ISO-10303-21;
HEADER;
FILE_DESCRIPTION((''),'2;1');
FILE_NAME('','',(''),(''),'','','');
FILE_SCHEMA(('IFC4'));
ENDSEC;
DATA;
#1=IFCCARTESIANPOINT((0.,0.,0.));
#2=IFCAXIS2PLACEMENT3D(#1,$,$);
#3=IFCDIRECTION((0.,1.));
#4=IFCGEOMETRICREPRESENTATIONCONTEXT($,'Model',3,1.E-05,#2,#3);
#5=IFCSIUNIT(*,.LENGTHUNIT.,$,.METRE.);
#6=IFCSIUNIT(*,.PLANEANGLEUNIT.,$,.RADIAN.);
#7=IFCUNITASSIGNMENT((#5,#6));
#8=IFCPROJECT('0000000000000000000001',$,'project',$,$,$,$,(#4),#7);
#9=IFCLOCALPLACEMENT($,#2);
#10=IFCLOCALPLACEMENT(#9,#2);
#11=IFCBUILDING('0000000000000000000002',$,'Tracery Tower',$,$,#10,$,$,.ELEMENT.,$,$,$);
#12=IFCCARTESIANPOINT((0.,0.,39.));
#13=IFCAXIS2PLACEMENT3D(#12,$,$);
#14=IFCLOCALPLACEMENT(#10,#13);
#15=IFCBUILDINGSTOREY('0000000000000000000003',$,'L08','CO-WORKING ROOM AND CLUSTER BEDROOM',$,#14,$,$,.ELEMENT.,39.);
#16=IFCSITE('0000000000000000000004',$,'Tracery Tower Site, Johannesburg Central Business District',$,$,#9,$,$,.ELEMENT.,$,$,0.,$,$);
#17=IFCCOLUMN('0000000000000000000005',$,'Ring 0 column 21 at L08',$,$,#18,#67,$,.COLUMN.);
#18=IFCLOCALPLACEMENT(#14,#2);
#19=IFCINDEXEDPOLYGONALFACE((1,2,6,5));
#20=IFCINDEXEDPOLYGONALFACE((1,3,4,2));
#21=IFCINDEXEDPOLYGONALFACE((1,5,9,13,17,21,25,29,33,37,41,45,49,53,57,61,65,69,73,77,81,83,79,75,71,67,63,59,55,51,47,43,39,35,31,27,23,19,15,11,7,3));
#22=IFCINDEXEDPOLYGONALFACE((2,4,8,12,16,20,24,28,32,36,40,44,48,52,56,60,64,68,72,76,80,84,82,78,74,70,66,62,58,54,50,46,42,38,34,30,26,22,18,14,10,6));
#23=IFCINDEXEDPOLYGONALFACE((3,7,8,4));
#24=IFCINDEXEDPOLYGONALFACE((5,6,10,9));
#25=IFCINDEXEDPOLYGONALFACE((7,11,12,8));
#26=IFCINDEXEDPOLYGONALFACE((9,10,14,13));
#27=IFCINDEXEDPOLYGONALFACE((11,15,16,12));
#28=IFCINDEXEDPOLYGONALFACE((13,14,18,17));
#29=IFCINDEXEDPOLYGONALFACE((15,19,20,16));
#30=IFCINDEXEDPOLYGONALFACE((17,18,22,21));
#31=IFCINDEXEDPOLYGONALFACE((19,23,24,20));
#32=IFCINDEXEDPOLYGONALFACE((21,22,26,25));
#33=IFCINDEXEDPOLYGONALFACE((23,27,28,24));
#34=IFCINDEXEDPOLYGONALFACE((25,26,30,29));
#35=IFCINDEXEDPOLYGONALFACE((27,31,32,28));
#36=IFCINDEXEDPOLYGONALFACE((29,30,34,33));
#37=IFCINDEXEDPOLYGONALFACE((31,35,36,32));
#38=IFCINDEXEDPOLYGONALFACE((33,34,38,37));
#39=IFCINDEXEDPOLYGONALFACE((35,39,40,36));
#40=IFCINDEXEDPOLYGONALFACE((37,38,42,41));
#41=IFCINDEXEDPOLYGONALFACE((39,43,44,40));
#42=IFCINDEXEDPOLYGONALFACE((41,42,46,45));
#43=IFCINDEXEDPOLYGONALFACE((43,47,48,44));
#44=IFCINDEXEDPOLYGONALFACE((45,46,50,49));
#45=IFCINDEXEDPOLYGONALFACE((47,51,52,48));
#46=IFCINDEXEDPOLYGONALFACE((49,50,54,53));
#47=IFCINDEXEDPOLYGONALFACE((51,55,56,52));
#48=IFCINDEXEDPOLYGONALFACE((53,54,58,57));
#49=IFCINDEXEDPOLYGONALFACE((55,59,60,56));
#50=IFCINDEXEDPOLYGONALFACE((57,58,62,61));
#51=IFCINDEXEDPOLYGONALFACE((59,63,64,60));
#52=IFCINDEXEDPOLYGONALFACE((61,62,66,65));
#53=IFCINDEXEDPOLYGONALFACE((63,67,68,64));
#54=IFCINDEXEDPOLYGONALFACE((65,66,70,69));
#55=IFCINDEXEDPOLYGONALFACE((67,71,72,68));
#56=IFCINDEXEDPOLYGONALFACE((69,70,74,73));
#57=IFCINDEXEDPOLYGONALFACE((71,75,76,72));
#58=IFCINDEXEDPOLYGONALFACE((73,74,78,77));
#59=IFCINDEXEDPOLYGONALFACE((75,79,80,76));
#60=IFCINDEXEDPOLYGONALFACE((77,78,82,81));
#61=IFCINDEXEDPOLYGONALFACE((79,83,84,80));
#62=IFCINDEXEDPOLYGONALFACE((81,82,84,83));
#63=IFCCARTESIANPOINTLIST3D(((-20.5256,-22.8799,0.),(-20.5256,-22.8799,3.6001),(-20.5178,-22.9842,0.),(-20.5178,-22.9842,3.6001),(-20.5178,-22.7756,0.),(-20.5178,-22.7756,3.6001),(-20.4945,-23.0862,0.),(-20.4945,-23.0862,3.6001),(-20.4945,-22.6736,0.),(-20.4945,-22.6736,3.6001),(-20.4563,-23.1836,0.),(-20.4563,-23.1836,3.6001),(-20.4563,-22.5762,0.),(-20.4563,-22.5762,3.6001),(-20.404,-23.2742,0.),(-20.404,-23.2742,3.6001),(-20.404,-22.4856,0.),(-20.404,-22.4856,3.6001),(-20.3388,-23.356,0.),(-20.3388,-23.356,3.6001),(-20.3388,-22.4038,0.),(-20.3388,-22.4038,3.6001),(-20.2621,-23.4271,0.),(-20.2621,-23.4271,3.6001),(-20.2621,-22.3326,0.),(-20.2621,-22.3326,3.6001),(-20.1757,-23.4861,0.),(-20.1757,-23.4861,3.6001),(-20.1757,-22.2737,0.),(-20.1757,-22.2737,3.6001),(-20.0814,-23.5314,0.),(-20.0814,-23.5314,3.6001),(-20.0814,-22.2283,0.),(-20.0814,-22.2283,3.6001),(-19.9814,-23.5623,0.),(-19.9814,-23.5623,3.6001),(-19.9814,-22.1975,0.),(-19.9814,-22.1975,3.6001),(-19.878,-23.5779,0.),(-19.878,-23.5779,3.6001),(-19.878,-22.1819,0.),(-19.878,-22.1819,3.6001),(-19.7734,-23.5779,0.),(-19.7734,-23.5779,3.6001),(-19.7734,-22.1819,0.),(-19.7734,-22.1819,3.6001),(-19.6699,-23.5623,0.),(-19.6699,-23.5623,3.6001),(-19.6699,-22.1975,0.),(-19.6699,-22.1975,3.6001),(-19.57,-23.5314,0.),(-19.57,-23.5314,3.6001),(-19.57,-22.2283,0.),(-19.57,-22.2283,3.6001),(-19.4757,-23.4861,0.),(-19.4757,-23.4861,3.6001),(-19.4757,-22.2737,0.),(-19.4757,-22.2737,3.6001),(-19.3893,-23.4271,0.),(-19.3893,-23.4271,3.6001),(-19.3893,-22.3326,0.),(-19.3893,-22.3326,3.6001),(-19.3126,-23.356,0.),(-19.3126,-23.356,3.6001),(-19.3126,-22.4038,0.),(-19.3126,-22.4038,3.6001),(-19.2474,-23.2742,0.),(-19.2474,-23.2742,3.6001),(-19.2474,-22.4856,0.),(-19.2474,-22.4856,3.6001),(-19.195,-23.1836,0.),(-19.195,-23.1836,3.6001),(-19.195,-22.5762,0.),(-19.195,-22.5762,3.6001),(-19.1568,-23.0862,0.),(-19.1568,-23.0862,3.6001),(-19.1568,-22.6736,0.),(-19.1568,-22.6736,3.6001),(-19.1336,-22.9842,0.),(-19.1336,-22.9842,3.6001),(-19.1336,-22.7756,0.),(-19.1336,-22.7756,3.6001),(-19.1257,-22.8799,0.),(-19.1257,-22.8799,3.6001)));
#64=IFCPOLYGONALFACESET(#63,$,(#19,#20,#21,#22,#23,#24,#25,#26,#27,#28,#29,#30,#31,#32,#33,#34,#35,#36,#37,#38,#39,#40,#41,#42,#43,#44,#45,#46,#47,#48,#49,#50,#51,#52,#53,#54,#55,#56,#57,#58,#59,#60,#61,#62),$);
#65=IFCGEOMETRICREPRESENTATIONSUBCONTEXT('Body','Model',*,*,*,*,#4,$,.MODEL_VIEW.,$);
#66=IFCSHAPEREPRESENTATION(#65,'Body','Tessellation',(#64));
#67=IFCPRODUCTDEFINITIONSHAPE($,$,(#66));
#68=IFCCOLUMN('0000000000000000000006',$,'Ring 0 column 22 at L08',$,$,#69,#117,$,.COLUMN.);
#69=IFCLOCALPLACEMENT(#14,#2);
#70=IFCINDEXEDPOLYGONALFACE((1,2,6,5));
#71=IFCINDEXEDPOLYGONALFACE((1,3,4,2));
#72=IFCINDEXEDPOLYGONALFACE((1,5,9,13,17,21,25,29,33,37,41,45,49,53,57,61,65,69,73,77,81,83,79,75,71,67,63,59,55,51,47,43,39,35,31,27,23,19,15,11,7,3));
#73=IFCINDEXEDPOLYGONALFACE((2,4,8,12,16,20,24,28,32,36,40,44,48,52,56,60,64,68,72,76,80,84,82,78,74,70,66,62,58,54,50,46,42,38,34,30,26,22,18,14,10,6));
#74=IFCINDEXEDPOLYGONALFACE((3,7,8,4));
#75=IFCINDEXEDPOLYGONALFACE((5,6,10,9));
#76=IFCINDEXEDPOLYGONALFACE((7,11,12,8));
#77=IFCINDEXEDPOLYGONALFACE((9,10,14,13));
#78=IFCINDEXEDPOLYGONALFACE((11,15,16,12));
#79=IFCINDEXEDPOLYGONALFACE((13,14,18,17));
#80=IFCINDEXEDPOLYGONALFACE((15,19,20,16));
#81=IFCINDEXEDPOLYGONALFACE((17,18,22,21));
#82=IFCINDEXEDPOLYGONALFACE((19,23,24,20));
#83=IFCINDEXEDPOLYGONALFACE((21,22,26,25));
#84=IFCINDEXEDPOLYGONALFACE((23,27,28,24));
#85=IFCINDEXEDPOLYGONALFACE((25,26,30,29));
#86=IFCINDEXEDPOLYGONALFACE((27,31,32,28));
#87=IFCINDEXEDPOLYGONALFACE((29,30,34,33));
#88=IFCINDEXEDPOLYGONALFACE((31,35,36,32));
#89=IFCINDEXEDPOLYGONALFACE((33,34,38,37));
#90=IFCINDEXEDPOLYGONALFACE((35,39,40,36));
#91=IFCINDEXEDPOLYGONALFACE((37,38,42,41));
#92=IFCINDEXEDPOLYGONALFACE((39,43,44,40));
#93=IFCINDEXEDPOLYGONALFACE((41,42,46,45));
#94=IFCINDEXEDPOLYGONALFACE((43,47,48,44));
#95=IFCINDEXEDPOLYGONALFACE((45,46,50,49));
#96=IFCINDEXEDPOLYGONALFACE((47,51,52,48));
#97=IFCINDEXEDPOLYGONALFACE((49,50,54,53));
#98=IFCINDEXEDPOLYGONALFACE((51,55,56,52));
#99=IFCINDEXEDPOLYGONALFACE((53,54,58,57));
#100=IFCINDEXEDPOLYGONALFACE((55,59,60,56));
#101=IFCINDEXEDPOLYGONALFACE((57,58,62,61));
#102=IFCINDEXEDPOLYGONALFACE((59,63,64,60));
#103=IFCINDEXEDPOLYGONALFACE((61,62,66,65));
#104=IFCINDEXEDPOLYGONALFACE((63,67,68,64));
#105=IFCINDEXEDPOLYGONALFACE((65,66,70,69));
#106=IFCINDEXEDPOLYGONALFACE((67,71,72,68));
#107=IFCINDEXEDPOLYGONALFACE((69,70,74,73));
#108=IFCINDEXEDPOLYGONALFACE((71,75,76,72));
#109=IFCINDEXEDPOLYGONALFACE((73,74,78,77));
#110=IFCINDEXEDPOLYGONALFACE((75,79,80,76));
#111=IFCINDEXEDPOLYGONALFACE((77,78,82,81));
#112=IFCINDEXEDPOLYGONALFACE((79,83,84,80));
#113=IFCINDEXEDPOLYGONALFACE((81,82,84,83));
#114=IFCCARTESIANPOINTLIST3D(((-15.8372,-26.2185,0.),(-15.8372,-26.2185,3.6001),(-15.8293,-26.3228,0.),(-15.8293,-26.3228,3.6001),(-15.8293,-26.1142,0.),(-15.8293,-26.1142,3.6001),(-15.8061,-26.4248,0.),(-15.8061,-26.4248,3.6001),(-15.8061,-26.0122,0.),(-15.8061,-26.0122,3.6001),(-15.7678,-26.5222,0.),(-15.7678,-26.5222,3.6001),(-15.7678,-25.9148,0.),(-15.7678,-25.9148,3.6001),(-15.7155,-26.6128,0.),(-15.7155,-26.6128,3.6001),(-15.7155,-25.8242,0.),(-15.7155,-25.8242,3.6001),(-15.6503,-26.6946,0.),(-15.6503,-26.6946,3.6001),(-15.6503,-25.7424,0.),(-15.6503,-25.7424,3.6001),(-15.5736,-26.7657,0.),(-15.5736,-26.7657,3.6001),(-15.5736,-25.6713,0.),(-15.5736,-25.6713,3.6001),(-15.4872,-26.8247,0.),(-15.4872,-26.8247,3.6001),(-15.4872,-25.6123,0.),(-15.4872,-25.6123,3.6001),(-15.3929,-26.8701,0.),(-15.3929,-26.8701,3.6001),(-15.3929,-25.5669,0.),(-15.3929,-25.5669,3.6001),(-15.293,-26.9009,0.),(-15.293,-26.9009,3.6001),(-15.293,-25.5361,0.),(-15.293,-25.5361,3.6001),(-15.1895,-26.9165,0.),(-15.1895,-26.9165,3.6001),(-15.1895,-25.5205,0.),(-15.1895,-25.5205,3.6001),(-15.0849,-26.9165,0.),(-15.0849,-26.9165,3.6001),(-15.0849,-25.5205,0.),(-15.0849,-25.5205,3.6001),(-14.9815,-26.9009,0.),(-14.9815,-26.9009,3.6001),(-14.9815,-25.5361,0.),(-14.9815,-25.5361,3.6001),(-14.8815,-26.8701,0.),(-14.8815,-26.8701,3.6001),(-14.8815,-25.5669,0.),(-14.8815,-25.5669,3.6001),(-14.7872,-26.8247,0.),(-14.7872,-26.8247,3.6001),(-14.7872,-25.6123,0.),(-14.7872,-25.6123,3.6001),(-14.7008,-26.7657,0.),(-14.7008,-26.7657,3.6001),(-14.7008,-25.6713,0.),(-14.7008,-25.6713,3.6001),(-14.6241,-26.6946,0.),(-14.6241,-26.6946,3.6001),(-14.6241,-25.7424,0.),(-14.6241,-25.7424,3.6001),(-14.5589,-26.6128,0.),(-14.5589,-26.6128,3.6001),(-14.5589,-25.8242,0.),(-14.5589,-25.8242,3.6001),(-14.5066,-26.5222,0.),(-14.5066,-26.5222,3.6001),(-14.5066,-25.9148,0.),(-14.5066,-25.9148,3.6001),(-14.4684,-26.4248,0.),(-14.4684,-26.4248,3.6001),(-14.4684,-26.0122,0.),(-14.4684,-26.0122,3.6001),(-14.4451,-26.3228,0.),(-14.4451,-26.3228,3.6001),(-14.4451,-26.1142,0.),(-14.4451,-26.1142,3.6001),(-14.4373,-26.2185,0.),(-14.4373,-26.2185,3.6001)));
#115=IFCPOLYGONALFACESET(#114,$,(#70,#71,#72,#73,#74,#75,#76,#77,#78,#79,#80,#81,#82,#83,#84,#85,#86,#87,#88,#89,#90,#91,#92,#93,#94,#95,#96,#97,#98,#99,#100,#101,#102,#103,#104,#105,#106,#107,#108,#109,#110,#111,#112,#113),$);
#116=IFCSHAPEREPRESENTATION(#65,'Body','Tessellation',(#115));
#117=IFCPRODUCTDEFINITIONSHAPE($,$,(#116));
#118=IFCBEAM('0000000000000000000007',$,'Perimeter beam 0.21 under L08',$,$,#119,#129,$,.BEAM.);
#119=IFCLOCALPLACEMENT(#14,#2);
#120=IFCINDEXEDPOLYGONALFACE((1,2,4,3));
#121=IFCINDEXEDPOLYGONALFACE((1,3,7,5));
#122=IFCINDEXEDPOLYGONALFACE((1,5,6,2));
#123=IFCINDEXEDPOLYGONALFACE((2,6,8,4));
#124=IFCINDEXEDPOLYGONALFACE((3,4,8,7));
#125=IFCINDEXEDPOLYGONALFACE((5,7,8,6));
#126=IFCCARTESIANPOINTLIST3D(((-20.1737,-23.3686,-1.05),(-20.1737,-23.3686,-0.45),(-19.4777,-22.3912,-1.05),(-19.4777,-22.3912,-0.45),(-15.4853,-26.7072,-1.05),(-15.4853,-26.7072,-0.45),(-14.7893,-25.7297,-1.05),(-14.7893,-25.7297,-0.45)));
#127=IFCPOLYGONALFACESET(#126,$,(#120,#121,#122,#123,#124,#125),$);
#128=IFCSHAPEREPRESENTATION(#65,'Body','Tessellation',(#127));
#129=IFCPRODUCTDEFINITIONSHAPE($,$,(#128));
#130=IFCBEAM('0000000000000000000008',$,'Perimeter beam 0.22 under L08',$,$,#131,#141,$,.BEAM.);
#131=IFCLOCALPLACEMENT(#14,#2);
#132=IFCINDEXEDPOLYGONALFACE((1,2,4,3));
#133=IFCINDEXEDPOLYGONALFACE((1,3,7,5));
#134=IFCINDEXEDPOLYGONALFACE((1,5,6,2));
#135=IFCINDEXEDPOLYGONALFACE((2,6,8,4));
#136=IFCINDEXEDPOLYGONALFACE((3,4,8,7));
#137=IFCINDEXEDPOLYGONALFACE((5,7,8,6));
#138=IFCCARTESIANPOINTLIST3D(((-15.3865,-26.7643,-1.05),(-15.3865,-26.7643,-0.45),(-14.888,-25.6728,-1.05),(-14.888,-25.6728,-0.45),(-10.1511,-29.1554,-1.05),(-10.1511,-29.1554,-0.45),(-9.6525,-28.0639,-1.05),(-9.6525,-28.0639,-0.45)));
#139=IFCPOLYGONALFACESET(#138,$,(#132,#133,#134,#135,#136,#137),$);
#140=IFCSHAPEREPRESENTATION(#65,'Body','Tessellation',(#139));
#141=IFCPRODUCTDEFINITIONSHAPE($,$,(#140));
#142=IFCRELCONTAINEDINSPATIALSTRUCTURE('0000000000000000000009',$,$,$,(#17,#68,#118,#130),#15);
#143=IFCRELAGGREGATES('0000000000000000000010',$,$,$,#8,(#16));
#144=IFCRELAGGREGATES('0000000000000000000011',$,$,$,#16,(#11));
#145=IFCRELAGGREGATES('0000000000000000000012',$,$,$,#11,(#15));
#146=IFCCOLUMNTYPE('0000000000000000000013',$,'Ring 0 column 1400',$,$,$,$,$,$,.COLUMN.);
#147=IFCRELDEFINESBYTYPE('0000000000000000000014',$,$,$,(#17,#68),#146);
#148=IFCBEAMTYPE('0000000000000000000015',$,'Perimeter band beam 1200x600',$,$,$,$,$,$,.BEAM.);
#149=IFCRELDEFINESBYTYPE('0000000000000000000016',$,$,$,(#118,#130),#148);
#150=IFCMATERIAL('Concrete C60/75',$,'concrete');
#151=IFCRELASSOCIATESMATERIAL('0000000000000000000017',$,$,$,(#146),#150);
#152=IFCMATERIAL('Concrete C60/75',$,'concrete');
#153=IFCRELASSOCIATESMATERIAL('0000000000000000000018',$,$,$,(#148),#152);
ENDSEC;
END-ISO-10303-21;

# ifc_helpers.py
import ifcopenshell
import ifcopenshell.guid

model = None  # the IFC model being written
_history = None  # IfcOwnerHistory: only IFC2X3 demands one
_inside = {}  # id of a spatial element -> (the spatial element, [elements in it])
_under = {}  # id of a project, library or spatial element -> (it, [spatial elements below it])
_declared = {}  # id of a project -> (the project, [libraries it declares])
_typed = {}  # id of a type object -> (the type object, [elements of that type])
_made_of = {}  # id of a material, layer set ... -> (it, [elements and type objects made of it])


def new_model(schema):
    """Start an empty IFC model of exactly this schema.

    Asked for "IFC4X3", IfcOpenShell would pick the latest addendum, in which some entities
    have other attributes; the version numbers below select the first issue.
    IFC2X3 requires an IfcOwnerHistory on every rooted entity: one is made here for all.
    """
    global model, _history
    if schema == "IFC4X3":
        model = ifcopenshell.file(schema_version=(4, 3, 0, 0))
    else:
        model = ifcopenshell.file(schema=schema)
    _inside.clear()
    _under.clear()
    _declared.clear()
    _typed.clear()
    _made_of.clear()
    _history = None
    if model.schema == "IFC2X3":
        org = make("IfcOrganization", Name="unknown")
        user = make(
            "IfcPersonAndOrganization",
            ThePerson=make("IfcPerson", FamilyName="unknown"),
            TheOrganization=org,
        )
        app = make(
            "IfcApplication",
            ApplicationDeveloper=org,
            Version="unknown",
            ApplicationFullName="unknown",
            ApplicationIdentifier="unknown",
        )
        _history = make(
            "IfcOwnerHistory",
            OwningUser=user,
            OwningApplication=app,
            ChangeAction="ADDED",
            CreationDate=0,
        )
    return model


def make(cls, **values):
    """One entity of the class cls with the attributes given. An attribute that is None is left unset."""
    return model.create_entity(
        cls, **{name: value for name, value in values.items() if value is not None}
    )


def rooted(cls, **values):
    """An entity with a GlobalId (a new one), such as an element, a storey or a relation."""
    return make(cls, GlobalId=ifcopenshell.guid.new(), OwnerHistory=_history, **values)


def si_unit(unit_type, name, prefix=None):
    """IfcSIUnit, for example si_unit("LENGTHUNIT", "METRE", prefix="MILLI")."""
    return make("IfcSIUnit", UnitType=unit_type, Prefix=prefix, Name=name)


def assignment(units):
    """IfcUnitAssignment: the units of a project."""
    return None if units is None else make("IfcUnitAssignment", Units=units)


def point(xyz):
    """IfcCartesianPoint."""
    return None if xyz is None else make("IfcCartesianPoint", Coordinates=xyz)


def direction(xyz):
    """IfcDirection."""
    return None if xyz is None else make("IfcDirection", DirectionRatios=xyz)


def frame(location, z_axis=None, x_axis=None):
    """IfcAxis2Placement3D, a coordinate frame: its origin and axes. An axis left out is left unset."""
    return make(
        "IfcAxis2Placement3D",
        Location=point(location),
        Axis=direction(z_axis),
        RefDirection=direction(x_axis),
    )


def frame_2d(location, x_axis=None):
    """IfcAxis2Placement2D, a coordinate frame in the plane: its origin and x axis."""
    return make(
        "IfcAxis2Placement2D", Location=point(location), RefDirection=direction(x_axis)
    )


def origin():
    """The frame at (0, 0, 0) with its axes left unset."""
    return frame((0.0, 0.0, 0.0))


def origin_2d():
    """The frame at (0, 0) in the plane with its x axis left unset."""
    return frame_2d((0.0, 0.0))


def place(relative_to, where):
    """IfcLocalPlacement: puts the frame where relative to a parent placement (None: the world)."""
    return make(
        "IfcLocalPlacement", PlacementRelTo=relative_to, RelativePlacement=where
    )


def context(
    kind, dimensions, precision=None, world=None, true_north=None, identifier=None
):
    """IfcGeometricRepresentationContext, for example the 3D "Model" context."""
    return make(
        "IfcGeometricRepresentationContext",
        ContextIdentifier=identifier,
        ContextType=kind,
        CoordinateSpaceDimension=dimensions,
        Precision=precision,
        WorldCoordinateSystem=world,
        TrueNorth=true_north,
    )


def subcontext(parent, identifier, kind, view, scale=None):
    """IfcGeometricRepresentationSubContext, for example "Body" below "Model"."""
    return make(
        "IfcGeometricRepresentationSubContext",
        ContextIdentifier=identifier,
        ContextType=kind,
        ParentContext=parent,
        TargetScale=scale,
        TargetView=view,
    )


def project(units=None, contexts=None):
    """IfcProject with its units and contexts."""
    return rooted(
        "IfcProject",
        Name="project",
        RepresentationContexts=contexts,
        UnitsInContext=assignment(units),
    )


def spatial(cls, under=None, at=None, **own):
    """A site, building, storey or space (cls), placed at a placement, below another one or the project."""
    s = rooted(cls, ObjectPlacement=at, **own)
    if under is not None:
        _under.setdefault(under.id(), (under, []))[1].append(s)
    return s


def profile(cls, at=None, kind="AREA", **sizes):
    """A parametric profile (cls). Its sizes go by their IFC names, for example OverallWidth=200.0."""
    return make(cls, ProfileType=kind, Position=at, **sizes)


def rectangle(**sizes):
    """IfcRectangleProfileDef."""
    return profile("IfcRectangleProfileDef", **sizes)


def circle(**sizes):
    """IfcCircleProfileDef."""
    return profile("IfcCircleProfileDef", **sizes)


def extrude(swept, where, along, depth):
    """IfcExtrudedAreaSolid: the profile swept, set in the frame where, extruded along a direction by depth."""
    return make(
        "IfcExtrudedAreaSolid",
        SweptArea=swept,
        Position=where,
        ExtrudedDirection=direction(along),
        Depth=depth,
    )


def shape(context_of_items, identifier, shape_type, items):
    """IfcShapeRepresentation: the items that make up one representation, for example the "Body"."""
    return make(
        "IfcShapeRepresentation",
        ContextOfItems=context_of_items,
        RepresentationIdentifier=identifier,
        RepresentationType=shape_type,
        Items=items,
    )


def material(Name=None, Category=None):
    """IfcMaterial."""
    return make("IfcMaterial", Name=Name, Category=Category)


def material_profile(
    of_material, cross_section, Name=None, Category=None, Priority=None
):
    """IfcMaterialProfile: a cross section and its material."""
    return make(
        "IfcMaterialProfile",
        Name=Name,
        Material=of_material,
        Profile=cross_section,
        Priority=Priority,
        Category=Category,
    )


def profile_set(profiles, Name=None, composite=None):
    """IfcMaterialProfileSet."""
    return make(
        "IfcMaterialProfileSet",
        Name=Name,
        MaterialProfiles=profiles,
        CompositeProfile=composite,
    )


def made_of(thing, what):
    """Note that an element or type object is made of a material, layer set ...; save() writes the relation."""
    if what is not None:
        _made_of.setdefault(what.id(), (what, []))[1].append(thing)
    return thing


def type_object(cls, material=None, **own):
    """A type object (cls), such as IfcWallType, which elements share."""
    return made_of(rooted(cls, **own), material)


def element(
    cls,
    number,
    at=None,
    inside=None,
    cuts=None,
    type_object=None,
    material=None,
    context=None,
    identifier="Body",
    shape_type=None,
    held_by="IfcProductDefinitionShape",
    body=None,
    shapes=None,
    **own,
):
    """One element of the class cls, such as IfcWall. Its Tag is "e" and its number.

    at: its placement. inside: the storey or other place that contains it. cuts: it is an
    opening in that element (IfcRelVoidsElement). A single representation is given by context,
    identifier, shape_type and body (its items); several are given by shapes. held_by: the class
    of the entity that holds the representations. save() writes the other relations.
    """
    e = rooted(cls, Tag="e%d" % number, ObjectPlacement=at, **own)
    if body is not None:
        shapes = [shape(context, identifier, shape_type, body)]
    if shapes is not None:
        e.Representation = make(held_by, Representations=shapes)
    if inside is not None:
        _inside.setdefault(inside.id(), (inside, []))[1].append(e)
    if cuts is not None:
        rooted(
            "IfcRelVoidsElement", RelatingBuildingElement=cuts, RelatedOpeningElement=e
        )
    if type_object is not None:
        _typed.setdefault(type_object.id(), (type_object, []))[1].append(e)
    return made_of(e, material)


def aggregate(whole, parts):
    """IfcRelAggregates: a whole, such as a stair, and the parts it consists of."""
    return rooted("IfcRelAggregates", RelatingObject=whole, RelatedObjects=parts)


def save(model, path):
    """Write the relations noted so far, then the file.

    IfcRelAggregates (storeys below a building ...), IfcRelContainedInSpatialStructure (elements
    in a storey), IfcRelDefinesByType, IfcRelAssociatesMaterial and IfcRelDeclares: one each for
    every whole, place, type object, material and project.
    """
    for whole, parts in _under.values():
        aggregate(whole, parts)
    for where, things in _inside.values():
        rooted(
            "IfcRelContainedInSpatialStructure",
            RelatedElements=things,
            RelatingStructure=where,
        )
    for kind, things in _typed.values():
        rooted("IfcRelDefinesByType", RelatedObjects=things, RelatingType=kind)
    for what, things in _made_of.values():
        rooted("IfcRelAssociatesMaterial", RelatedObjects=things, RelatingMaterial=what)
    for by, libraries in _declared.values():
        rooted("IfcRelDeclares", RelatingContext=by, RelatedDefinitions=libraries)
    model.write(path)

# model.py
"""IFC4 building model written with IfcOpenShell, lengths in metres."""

from ifc_helpers import new_model, si_unit, direction, frame, origin, origin_2d, place, context, subcontext, project, spatial, rectangle, circle, extrude, material, material_profile, profile_set, type_object, element, save


model = new_model("IFC4")

# Units and contexts
model_context = context("Model", 3, precision=1e-05, world=origin(), true_north=direction((0.0, 1.0)))
body_context = subcontext(model_context, "Body", "Model", "MODEL_VIEW")
ifc_project = project(units=[si_unit("LENGTHUNIT", "METRE"), si_unit("PLANEANGLEUNIT", "RADIAN")], contexts=[model_context])

# Site, building, storey
site_placement = place(None, origin())
site = spatial("IfcSite", under=ifc_project, at=site_placement, Name="Tracery Tower Site, Johannesburg Central Business District", CompositionType="ELEMENT", RefElevation=0.0)
building_placement = place(site_placement, origin())
building = spatial("IfcBuilding", under=site, at=building_placement, Name="Tracery Tower", CompositionType="ELEMENT")
storey_placement = place(building_placement, frame((0.0, 0.0, 39.0)))
storey = spatial("IfcBuildingStorey", under=building, at=storey_placement, Name="L08", Description="CO-WORKING ROOM AND CLUSTER BEDROOM", CompositionType="ELEMENT", Elevation=39.0)

# Columns
ifc_material_1 = material(Name="Concrete C60/75", Category="concrete")
ifc_material_profile_1 = material_profile(ifc_material_1, circle(Radius=0.7, at=origin_2d()), Name="RC D1400")
ifc_profile_set_1 = profile_set([ifc_material_profile_1], Name="Concrete C60/75")
column_type = type_object("IfcColumnType", Name="Ring 0 column 1400", PredefinedType="COLUMN", material=ifc_profile_set_1)
for number, where, z_axis, x_axis, name in (
    (1, (-19.8257, -22.8799, 0.0), (0.0, 0.0, 1.0), (1.0, 0.0, 0.0), "Ring 0 column 21 at L08"),
    (2, (-15.1372, -26.2185, 0.0), (0.0, 0.0, 1.0), (1.0, 0.0, 0.0), "Ring 0 column 22 at L08"),
):
    element("IfcColumn", number, at=place(storey_placement, frame(where, z_axis=z_axis, x_axis=x_axis)), inside=storey, type_object=column_type, Name=name, PredefinedType="COLUMN", context=body_context, shape_type="SweptSolid", body=[
        extrude(circle(Radius=0.7, at=origin_2d()), origin(), (0.0, 0.0, 1.0), 3.6001),
    ])

# Beams
ifc_material_2 = material(Name="Concrete C60/75", Category="concrete")
ifc_material_profile_2 = material_profile(ifc_material_2, rectangle(XDim=1.2, YDim=0.6001, at=origin_2d()), Name="RC 1200x600")
ifc_profile_set_2 = profile_set([ifc_material_profile_2], Name="Concrete C60/75")
beam_type = type_object("IfcBeamType", Name="Perimeter band beam 1200x600", PredefinedType="BEAM", material=ifc_profile_set_2)
for number, where, z_axis, x_axis, name in (
    (3, (-19.8257, -22.8799, -0.75), (0.814578, -0.580054, 0.0), (0.580054, 0.814578, 0.0), "Perimeter beam 0.21 under L08"),
    (4, (-15.1372, -26.2185, -0.75), (0.909618, -0.415445, 0.0), (0.415445, 0.909618, 0.0), "Perimeter beam 0.22 under L08"),
):
    element("IfcBeam", number, at=place(storey_placement, frame(where, z_axis=z_axis, x_axis=x_axis)), inside=storey, type_object=beam_type, Name=name, PredefinedType="BEAM", context=body_context, shape_type="SweptSolid", body=[
        extrude(rectangle(XDim=1.2, YDim=0.6001, at=origin_2d()), origin(), (0.0, 0.0, 1.0), 5.7556),
    ])

save(model, "model.ifc")
